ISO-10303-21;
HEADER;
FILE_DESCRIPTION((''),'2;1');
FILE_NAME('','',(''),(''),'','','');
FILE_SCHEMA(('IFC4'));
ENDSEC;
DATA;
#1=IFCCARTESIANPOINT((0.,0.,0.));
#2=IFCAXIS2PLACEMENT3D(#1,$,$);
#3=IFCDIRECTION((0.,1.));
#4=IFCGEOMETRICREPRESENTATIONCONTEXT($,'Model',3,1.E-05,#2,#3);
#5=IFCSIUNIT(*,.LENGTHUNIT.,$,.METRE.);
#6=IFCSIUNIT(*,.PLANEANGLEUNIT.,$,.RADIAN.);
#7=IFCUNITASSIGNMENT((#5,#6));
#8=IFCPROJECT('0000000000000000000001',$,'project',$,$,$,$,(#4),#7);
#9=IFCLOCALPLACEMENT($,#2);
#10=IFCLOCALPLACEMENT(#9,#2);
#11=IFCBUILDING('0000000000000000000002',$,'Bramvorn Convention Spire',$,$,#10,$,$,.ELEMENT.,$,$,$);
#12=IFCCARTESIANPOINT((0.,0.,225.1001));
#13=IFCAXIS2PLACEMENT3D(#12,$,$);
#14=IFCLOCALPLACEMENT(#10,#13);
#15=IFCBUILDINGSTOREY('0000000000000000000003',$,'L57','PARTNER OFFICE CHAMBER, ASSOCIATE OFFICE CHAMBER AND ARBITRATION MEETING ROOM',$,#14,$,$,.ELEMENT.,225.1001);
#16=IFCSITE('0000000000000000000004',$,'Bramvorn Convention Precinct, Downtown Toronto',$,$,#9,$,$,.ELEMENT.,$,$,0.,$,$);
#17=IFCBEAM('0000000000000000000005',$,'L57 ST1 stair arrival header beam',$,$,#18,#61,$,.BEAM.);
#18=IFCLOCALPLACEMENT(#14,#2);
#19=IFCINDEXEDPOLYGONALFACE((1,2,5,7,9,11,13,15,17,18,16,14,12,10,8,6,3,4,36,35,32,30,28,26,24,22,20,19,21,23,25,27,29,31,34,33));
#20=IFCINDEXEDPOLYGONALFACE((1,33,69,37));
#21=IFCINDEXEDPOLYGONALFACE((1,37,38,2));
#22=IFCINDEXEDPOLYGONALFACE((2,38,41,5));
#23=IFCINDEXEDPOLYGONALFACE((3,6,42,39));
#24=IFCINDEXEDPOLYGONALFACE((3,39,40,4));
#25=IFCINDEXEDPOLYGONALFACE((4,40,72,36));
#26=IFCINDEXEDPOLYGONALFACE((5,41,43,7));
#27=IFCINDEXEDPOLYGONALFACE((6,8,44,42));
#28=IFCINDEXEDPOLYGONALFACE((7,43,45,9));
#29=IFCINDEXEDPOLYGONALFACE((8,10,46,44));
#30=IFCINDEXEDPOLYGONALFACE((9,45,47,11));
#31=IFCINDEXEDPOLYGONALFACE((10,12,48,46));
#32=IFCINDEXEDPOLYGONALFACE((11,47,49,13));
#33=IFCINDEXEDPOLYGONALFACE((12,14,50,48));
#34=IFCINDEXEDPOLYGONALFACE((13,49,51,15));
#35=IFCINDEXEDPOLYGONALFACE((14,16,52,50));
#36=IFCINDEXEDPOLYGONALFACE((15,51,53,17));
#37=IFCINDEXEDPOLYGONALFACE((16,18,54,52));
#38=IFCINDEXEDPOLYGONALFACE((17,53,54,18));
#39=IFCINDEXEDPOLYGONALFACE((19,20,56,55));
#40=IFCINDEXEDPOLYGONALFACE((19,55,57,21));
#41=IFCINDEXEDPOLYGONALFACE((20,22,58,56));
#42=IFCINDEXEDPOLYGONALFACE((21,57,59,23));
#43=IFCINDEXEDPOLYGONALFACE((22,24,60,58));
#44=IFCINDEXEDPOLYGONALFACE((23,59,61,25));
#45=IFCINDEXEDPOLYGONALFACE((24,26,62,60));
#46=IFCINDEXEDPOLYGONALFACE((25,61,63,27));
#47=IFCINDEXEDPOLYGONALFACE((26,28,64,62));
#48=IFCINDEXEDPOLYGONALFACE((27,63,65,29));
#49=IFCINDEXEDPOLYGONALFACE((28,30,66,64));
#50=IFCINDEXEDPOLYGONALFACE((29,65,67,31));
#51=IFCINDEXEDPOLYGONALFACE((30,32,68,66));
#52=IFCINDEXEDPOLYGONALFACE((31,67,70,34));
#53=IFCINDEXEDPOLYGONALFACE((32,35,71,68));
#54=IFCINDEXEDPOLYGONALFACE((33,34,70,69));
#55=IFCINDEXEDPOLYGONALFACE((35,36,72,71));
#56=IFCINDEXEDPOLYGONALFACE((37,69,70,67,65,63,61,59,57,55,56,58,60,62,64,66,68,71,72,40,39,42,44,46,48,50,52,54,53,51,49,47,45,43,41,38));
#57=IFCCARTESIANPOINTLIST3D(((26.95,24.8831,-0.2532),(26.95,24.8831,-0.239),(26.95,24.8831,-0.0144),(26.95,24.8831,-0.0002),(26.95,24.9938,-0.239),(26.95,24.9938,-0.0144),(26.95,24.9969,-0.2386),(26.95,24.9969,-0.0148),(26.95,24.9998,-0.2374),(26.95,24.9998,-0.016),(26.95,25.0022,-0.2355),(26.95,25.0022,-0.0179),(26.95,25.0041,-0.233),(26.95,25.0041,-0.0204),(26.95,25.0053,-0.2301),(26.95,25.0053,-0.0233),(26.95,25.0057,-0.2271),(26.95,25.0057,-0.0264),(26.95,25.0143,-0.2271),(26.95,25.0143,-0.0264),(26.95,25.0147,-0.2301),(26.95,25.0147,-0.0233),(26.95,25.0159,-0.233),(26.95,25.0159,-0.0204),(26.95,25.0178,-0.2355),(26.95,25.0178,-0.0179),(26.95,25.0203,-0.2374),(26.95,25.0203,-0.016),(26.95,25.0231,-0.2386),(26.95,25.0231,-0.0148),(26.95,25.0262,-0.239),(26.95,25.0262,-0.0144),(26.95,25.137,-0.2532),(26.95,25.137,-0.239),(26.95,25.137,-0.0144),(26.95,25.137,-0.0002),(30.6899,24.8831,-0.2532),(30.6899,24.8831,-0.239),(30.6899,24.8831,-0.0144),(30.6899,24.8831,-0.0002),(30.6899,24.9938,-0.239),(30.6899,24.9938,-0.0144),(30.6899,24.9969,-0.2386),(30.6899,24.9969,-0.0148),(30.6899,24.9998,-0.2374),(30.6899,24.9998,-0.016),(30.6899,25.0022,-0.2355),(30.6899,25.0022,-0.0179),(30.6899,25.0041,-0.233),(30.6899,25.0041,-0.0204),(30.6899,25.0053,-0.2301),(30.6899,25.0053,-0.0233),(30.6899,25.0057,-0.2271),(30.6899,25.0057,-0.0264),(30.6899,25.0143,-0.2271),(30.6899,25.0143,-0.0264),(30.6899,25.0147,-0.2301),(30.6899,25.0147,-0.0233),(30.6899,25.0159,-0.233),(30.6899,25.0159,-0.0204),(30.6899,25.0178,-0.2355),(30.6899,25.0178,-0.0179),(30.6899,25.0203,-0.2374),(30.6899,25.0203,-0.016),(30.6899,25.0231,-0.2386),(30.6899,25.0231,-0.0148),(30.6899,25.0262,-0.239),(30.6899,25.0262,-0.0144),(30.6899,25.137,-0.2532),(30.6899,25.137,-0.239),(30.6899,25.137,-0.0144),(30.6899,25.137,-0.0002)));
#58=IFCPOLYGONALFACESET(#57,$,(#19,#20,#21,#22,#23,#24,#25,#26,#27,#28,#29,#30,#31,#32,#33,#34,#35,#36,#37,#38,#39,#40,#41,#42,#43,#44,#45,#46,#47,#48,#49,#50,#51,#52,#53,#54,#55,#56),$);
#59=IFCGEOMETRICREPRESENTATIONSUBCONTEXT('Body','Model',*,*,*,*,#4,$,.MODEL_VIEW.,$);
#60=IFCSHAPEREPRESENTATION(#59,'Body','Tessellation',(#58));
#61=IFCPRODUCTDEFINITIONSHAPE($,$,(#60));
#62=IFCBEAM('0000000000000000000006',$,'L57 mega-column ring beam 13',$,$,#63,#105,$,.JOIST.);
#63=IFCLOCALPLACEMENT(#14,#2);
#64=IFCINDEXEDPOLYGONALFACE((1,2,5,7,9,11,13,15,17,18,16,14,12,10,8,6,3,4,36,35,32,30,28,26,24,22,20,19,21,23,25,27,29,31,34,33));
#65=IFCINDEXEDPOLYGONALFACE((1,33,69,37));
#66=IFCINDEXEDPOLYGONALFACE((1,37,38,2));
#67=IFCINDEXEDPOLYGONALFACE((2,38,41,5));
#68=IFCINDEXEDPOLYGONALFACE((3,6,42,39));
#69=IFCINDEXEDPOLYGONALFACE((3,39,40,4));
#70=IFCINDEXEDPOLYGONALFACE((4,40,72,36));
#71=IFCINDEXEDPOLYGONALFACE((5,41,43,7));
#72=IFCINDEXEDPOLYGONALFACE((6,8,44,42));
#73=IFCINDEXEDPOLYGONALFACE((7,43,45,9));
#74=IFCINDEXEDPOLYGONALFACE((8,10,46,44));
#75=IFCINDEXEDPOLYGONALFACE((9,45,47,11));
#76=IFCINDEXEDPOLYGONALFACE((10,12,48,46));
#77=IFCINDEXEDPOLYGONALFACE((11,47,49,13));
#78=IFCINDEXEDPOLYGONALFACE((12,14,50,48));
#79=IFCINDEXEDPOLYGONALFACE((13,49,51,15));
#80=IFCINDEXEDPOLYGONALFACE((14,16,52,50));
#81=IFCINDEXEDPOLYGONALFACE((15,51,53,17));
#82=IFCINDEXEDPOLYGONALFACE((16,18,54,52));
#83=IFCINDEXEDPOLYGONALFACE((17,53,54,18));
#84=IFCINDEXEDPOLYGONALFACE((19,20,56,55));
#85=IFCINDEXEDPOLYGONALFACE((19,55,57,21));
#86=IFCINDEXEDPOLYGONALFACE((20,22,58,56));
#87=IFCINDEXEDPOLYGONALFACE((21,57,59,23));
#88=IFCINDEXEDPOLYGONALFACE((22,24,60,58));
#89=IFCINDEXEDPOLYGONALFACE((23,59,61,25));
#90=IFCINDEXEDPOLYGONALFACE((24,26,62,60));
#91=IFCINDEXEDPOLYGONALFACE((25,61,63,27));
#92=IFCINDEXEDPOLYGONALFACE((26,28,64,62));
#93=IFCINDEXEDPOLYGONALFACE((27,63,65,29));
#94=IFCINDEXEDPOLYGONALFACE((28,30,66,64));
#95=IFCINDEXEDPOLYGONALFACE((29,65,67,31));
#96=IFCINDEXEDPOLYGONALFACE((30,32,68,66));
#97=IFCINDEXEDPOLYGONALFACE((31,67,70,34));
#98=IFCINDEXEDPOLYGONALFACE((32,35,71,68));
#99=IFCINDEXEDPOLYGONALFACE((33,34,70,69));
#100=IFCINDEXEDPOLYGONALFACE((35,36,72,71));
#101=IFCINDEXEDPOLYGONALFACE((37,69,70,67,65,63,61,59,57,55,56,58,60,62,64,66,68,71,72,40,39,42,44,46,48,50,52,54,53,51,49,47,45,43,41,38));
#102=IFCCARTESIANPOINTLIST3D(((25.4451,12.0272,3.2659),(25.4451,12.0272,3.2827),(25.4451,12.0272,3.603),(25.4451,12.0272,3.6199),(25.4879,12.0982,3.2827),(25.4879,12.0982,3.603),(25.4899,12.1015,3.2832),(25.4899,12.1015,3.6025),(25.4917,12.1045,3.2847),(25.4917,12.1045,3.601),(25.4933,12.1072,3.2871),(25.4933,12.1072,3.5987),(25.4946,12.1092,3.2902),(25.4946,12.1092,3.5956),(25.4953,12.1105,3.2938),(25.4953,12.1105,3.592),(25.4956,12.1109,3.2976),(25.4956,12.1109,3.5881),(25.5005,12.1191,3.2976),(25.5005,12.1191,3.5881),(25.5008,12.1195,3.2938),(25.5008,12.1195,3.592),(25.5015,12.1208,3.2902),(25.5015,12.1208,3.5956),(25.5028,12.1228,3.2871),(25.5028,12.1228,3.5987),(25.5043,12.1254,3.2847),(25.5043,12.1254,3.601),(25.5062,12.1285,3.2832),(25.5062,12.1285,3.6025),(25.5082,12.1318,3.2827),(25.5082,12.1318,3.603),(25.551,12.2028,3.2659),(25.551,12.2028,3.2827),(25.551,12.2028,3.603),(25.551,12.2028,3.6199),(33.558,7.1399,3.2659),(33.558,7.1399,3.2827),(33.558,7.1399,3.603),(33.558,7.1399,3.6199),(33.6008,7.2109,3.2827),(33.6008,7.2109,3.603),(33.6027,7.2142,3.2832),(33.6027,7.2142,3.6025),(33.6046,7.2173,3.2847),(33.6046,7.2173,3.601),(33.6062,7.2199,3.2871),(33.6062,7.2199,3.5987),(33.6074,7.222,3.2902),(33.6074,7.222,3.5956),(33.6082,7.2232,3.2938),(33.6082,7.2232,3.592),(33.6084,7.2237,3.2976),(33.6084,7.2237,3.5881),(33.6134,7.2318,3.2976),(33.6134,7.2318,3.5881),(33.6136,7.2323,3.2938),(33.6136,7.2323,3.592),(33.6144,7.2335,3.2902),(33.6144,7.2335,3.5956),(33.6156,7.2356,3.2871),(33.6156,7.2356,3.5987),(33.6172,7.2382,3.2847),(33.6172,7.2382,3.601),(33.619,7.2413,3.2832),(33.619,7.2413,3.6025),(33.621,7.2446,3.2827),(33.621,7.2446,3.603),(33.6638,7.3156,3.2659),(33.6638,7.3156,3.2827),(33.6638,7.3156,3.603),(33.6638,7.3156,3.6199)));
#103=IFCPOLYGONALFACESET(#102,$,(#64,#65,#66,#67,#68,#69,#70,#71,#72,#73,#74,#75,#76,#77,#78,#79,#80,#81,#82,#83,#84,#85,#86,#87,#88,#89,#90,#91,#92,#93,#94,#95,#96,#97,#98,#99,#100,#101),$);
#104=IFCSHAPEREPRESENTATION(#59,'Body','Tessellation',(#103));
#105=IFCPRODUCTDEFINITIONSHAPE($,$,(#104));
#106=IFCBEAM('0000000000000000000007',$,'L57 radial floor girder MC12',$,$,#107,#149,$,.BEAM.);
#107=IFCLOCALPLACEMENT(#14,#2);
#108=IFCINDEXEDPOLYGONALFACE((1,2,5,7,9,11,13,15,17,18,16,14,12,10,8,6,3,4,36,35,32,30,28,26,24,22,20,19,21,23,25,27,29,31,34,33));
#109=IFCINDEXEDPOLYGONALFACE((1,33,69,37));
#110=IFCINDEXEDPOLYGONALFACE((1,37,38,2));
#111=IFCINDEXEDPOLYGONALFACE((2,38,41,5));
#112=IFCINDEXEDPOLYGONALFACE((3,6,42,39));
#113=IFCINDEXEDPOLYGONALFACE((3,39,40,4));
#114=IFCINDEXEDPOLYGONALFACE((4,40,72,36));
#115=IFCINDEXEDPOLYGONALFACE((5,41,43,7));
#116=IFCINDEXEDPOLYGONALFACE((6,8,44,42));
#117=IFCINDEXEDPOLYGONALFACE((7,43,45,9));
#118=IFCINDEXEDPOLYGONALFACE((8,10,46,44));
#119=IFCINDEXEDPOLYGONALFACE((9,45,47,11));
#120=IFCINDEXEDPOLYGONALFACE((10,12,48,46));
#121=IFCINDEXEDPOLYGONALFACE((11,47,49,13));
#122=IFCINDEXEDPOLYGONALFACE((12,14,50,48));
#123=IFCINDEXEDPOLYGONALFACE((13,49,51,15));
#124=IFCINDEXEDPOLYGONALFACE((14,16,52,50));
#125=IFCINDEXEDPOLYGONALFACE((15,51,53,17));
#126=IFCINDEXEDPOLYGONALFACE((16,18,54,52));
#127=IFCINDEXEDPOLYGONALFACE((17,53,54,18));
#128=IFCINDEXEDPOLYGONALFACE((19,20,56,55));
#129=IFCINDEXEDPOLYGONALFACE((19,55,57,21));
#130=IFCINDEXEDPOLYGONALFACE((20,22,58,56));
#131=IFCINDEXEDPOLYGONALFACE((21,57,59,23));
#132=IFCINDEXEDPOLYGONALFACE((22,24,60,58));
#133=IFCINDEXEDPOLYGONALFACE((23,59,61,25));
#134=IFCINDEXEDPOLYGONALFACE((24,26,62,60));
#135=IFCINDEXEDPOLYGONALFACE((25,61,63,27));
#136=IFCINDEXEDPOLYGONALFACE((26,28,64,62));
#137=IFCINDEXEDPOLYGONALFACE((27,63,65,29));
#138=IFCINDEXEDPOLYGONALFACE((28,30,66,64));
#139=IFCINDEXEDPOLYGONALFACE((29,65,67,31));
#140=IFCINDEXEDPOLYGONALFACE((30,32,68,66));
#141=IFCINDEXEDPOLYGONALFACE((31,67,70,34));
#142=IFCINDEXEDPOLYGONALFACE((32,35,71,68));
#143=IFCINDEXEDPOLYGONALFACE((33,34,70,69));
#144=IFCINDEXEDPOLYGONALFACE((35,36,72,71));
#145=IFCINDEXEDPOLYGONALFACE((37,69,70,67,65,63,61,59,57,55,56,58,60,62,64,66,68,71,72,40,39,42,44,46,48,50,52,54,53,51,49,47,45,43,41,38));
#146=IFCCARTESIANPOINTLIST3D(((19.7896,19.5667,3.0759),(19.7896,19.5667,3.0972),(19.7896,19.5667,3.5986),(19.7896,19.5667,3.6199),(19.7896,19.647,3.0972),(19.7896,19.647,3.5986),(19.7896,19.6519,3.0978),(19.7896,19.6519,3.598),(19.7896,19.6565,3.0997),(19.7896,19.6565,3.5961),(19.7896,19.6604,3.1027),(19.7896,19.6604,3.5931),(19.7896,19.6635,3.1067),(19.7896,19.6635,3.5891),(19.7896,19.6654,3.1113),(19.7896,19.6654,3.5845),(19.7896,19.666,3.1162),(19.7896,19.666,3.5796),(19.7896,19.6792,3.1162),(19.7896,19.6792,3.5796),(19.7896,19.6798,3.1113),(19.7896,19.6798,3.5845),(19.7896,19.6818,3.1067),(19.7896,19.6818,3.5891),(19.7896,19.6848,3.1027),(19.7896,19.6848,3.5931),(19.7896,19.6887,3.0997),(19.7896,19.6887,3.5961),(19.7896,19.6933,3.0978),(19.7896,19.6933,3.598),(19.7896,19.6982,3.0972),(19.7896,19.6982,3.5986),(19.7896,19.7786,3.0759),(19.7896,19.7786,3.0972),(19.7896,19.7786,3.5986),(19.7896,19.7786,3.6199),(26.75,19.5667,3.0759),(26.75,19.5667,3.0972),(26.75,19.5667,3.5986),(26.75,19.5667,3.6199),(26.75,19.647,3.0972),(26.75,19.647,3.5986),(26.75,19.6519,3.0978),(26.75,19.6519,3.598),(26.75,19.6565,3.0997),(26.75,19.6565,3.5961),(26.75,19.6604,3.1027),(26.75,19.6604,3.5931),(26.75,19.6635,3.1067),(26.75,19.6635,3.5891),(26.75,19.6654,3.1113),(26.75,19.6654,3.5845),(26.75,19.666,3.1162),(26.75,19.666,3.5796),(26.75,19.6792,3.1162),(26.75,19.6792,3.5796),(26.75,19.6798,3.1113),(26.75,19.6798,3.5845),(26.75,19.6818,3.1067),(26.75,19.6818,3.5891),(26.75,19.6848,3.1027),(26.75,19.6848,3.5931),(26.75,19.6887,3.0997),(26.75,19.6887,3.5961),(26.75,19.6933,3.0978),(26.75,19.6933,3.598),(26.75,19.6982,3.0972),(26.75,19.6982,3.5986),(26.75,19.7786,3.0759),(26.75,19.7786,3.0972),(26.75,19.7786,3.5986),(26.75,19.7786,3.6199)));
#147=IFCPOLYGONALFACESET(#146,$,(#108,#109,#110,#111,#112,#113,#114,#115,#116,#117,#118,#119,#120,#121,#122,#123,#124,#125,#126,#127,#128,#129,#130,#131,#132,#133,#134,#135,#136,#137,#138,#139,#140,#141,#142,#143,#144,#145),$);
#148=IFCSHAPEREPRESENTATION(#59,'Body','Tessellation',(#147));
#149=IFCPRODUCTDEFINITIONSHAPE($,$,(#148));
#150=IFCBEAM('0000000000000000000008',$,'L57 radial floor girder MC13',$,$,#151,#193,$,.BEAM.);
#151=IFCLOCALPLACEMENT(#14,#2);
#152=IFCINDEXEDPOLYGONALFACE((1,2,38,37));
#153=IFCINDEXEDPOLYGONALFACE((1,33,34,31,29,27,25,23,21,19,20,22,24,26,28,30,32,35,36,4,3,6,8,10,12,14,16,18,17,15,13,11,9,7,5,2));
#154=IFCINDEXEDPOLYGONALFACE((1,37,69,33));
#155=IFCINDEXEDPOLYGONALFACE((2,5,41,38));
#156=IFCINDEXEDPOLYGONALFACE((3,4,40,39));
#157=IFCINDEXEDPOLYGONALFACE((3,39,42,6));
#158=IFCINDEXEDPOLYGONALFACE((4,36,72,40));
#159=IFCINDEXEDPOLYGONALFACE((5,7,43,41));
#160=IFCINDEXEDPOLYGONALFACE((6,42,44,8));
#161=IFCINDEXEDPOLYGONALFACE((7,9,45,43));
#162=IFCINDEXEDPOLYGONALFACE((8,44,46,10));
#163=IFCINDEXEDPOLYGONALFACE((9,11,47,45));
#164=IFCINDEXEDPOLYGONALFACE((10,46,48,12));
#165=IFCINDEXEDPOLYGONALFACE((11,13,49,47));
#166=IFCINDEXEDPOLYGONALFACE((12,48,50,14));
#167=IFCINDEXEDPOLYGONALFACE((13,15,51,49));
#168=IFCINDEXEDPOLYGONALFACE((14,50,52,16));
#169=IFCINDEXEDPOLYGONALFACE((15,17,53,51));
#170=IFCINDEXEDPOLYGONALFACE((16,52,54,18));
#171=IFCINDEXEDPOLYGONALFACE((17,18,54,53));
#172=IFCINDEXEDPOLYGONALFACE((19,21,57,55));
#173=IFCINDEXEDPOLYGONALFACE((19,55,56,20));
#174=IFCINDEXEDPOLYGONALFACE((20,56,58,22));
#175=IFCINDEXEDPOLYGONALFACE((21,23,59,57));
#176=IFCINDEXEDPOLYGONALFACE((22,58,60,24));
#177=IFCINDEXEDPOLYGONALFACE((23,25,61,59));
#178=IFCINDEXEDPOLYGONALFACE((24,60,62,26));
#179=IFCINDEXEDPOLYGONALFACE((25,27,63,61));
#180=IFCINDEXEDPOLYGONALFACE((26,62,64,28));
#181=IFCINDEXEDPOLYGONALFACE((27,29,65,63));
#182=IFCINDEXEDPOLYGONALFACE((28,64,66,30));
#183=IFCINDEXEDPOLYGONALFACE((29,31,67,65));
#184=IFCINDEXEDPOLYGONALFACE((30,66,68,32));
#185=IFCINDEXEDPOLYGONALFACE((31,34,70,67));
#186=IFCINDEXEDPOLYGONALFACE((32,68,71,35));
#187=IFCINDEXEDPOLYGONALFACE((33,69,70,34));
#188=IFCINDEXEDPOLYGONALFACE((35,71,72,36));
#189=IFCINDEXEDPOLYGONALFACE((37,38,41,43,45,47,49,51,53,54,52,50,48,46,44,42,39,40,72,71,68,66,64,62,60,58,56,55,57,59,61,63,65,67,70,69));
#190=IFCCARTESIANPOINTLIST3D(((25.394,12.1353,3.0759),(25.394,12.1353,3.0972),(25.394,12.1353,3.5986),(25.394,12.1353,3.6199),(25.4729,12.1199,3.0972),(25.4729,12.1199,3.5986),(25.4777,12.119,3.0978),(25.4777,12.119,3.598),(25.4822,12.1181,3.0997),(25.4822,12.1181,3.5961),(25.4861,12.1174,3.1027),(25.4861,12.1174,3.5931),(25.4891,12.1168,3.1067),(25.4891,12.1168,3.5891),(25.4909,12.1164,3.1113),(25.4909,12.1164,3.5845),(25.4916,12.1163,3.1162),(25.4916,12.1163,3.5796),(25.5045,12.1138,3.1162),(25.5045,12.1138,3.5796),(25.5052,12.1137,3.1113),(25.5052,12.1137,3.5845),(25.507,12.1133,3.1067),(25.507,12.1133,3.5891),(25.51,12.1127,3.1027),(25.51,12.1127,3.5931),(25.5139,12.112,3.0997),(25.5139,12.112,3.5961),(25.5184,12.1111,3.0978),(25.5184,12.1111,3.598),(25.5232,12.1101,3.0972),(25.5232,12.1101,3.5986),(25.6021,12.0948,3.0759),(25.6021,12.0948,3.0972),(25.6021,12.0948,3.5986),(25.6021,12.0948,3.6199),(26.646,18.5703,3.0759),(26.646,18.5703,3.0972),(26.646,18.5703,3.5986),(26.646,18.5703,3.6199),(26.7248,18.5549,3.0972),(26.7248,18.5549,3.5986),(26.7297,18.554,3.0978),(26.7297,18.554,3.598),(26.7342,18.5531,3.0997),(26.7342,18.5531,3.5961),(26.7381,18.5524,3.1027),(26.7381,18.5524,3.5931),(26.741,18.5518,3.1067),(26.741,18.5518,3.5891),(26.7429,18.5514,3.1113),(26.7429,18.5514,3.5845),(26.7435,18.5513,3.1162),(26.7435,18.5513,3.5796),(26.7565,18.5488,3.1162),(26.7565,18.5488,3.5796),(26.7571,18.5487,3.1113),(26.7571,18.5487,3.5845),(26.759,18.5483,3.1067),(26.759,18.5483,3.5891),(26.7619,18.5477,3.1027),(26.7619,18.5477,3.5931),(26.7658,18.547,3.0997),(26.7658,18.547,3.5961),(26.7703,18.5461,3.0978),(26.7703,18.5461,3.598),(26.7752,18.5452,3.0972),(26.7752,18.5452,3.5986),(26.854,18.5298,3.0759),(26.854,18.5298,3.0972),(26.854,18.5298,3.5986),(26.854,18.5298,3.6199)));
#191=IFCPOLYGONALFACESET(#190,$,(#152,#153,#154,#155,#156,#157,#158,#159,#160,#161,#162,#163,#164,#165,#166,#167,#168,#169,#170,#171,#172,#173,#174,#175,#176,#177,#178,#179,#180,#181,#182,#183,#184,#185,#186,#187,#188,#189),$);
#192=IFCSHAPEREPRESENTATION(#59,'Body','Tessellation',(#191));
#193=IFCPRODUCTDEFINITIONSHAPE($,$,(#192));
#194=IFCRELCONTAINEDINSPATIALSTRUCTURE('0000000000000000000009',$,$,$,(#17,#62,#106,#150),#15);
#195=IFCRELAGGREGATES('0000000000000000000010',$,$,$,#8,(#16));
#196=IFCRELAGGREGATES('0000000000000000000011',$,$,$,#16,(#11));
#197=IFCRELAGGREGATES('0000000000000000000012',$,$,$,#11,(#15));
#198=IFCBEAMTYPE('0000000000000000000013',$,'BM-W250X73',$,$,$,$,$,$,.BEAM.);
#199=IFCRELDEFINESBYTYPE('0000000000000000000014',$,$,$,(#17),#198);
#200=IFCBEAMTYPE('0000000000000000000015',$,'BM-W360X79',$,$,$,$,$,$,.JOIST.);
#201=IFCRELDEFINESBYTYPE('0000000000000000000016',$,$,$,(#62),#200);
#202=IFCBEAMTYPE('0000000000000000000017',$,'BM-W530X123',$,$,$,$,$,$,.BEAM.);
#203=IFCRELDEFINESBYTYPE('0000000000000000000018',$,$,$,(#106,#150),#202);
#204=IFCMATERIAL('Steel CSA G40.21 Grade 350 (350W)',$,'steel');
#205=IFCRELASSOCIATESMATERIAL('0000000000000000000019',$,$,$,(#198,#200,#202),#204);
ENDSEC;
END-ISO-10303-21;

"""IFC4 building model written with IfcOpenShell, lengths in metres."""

from ifc_helpers import new_model, si_unit, direction, frame, origin, origin_2d, place, context, subcontext, project, spatial, i_section, extrude, material, material_profile, profile_set, type_object, element, save


model = new_model("IFC4")

# Units and contexts
model_context = context("Model", 3, precision=1e-05, world=origin(), true_north=direction((0.0, 1.0)))
body_context = subcontext(model_context, "Body", "Model", "MODEL_VIEW")
ifc_project = project(units=[si_unit("LENGTHUNIT", "METRE"), si_unit("PLANEANGLEUNIT", "RADIAN")], contexts=[model_context])

# Site, building, storey
site_placement = place(None, origin())
site = spatial("IfcSite", under=ifc_project, at=site_placement, Name="Bramvorn Convention Precinct, Downtown Toronto", CompositionType="ELEMENT", RefElevation=0.0)
building_placement = place(site_placement, origin())
building = spatial("IfcBuilding", under=site, at=building_placement, Name="Bramvorn Convention Spire", CompositionType="ELEMENT")
storey_placement = place(building_placement, frame((0.0, 0.0, 225.1001)))
storey = spatial("IfcBuildingStorey", under=building, at=storey_placement, Name="L57", Description="PARTNER OFFICE CHAMBER, ASSOCIATE OFFICE CHAMBER AND ARBITRATION MEETING ROOM", CompositionType="ELEMENT", Elevation=225.1001)

# Shared definitions
ifc_material_1 = material(Name="Steel CSA G40.21 Grade 350 (350W)", Category="steel")

# Beams
ifc_material_profile_1 = material_profile(ifc_material_1, i_section(OverallWidth=0.2539, OverallDepth=0.2529, WebThickness=0.0085, FlangeThickness=0.0142, FilletRadius=0.012, at=origin_2d()))
ifc_profile_set_1 = profile_set([ifc_material_profile_1], Name="Steel CSA G40.21 Grade 350 (350W) - W250X73")
beam_type_1 = type_object("IfcBeamType", Name="BM-W250X73", PredefinedType="BEAM", material=ifc_profile_set_1)
beam_1_placement = place(storey_placement, frame((26.95, 25.01, -0.1267), z_axis=(1.0, 0.0, 0.0), x_axis=(0.0, 1.0, 0.0)))
element("IfcBeam", 1, at=beam_1_placement, inside=storey, type_object=beam_type_1, Name="L57 ST1 stair arrival header beam", PredefinedType="BEAM", context=body_context, shape_type="SweptSolid", body=[
    extrude(i_section(OverallWidth=0.2539, OverallDepth=0.2529, WebThickness=0.0085, FlangeThickness=0.0142, FilletRadius=0.012, at=origin_2d()), origin(), (0.0, 0.0, 1.0), 3.74),
])
ifc_material_profile_2 = material_profile(ifc_material_1, i_section(OverallWidth=0.2051, OverallDepth=0.354, WebThickness=0.0095, FlangeThickness=0.0168, FilletRadius=0.0149, at=origin_2d()))
ifc_profile_set_2 = profile_set([ifc_material_profile_2], Name="Steel CSA G40.21 Grade 350 (350W) - W360X79")
beam_type_2 = type_object("IfcBeamType", Name="BM-W360X79", PredefinedType="JOIST", material=ifc_profile_set_2)
beam_2_placement = place(storey_placement, frame((25.498, 12.115, 3.4429), z_axis=(0.856582, -0.516011, 0.0), x_axis=(0.516011, 0.856582, 0.0)))
element("IfcBeam", 2, at=beam_2_placement, inside=storey, type_object=beam_type_2, Name="L57 mega-column ring beam 13", PredefinedType="JOIST", context=body_context, shape_type="SweptSolid", body=[
    extrude(i_section(OverallWidth=0.2051, OverallDepth=0.354, WebThickness=0.0095, FlangeThickness=0.0168, FilletRadius=0.0149, at=origin_2d()), origin(), (0.0, 0.0, 1.0), 9.4712),
])
ifc_material_profile_3 = material_profile(ifc_material_1, i_section(OverallWidth=0.2119, OverallDepth=0.5439, WebThickness=0.0132, FlangeThickness=0.0212, FilletRadius=0.019, at=origin_2d()))
ifc_profile_set_3 = profile_set([ifc_material_profile_3], Name="Steel CSA G40.21 Grade 350 (350W) - W530X123")
beam_type_3 = type_object("IfcBeamType", Name="BM-W530X123", PredefinedType="BEAM", material=ifc_profile_set_3)
beam_3_placement = place(storey_placement, frame((26.75, 19.6726, 3.3479), z_axis=(-1.0, 0.0, 0.0), x_axis=(0.0, -1.0, 0.0)))
element("IfcBeam", 3, at=beam_3_placement, inside=storey, type_object=beam_type_3, Name="L57 radial floor girder MC12", PredefinedType="BEAM", context=body_context, shape_type="SweptSolid", body=[
    extrude(i_section(OverallWidth=0.2119, OverallDepth=0.5439, WebThickness=0.0132, FlangeThickness=0.0212, FilletRadius=0.019, at=origin_2d()), origin(), (0.0, 0.0, 1.0), 6.9604),
])
beam_4_placement = place(storey_placement, frame((26.75, 18.55, 3.3479), z_axis=(-0.190971, -0.981596, 0.0), x_axis=(0.981596, -0.190971, 0.0)))
element("IfcBeam", 4, at=beam_4_placement, inside=storey, type_object=beam_type_3, Name="L57 radial floor girder MC13", PredefinedType="BEAM", context=body_context, shape_type="SweptSolid", body=[
    extrude(i_section(OverallWidth=0.2119, OverallDepth=0.5439, WebThickness=0.0132, FlangeThickness=0.0212, FilletRadius=0.019, at=origin_2d()), origin(), (0.0, 0.0, 1.0), 6.5557),
])

save(model, "model.ifc")
